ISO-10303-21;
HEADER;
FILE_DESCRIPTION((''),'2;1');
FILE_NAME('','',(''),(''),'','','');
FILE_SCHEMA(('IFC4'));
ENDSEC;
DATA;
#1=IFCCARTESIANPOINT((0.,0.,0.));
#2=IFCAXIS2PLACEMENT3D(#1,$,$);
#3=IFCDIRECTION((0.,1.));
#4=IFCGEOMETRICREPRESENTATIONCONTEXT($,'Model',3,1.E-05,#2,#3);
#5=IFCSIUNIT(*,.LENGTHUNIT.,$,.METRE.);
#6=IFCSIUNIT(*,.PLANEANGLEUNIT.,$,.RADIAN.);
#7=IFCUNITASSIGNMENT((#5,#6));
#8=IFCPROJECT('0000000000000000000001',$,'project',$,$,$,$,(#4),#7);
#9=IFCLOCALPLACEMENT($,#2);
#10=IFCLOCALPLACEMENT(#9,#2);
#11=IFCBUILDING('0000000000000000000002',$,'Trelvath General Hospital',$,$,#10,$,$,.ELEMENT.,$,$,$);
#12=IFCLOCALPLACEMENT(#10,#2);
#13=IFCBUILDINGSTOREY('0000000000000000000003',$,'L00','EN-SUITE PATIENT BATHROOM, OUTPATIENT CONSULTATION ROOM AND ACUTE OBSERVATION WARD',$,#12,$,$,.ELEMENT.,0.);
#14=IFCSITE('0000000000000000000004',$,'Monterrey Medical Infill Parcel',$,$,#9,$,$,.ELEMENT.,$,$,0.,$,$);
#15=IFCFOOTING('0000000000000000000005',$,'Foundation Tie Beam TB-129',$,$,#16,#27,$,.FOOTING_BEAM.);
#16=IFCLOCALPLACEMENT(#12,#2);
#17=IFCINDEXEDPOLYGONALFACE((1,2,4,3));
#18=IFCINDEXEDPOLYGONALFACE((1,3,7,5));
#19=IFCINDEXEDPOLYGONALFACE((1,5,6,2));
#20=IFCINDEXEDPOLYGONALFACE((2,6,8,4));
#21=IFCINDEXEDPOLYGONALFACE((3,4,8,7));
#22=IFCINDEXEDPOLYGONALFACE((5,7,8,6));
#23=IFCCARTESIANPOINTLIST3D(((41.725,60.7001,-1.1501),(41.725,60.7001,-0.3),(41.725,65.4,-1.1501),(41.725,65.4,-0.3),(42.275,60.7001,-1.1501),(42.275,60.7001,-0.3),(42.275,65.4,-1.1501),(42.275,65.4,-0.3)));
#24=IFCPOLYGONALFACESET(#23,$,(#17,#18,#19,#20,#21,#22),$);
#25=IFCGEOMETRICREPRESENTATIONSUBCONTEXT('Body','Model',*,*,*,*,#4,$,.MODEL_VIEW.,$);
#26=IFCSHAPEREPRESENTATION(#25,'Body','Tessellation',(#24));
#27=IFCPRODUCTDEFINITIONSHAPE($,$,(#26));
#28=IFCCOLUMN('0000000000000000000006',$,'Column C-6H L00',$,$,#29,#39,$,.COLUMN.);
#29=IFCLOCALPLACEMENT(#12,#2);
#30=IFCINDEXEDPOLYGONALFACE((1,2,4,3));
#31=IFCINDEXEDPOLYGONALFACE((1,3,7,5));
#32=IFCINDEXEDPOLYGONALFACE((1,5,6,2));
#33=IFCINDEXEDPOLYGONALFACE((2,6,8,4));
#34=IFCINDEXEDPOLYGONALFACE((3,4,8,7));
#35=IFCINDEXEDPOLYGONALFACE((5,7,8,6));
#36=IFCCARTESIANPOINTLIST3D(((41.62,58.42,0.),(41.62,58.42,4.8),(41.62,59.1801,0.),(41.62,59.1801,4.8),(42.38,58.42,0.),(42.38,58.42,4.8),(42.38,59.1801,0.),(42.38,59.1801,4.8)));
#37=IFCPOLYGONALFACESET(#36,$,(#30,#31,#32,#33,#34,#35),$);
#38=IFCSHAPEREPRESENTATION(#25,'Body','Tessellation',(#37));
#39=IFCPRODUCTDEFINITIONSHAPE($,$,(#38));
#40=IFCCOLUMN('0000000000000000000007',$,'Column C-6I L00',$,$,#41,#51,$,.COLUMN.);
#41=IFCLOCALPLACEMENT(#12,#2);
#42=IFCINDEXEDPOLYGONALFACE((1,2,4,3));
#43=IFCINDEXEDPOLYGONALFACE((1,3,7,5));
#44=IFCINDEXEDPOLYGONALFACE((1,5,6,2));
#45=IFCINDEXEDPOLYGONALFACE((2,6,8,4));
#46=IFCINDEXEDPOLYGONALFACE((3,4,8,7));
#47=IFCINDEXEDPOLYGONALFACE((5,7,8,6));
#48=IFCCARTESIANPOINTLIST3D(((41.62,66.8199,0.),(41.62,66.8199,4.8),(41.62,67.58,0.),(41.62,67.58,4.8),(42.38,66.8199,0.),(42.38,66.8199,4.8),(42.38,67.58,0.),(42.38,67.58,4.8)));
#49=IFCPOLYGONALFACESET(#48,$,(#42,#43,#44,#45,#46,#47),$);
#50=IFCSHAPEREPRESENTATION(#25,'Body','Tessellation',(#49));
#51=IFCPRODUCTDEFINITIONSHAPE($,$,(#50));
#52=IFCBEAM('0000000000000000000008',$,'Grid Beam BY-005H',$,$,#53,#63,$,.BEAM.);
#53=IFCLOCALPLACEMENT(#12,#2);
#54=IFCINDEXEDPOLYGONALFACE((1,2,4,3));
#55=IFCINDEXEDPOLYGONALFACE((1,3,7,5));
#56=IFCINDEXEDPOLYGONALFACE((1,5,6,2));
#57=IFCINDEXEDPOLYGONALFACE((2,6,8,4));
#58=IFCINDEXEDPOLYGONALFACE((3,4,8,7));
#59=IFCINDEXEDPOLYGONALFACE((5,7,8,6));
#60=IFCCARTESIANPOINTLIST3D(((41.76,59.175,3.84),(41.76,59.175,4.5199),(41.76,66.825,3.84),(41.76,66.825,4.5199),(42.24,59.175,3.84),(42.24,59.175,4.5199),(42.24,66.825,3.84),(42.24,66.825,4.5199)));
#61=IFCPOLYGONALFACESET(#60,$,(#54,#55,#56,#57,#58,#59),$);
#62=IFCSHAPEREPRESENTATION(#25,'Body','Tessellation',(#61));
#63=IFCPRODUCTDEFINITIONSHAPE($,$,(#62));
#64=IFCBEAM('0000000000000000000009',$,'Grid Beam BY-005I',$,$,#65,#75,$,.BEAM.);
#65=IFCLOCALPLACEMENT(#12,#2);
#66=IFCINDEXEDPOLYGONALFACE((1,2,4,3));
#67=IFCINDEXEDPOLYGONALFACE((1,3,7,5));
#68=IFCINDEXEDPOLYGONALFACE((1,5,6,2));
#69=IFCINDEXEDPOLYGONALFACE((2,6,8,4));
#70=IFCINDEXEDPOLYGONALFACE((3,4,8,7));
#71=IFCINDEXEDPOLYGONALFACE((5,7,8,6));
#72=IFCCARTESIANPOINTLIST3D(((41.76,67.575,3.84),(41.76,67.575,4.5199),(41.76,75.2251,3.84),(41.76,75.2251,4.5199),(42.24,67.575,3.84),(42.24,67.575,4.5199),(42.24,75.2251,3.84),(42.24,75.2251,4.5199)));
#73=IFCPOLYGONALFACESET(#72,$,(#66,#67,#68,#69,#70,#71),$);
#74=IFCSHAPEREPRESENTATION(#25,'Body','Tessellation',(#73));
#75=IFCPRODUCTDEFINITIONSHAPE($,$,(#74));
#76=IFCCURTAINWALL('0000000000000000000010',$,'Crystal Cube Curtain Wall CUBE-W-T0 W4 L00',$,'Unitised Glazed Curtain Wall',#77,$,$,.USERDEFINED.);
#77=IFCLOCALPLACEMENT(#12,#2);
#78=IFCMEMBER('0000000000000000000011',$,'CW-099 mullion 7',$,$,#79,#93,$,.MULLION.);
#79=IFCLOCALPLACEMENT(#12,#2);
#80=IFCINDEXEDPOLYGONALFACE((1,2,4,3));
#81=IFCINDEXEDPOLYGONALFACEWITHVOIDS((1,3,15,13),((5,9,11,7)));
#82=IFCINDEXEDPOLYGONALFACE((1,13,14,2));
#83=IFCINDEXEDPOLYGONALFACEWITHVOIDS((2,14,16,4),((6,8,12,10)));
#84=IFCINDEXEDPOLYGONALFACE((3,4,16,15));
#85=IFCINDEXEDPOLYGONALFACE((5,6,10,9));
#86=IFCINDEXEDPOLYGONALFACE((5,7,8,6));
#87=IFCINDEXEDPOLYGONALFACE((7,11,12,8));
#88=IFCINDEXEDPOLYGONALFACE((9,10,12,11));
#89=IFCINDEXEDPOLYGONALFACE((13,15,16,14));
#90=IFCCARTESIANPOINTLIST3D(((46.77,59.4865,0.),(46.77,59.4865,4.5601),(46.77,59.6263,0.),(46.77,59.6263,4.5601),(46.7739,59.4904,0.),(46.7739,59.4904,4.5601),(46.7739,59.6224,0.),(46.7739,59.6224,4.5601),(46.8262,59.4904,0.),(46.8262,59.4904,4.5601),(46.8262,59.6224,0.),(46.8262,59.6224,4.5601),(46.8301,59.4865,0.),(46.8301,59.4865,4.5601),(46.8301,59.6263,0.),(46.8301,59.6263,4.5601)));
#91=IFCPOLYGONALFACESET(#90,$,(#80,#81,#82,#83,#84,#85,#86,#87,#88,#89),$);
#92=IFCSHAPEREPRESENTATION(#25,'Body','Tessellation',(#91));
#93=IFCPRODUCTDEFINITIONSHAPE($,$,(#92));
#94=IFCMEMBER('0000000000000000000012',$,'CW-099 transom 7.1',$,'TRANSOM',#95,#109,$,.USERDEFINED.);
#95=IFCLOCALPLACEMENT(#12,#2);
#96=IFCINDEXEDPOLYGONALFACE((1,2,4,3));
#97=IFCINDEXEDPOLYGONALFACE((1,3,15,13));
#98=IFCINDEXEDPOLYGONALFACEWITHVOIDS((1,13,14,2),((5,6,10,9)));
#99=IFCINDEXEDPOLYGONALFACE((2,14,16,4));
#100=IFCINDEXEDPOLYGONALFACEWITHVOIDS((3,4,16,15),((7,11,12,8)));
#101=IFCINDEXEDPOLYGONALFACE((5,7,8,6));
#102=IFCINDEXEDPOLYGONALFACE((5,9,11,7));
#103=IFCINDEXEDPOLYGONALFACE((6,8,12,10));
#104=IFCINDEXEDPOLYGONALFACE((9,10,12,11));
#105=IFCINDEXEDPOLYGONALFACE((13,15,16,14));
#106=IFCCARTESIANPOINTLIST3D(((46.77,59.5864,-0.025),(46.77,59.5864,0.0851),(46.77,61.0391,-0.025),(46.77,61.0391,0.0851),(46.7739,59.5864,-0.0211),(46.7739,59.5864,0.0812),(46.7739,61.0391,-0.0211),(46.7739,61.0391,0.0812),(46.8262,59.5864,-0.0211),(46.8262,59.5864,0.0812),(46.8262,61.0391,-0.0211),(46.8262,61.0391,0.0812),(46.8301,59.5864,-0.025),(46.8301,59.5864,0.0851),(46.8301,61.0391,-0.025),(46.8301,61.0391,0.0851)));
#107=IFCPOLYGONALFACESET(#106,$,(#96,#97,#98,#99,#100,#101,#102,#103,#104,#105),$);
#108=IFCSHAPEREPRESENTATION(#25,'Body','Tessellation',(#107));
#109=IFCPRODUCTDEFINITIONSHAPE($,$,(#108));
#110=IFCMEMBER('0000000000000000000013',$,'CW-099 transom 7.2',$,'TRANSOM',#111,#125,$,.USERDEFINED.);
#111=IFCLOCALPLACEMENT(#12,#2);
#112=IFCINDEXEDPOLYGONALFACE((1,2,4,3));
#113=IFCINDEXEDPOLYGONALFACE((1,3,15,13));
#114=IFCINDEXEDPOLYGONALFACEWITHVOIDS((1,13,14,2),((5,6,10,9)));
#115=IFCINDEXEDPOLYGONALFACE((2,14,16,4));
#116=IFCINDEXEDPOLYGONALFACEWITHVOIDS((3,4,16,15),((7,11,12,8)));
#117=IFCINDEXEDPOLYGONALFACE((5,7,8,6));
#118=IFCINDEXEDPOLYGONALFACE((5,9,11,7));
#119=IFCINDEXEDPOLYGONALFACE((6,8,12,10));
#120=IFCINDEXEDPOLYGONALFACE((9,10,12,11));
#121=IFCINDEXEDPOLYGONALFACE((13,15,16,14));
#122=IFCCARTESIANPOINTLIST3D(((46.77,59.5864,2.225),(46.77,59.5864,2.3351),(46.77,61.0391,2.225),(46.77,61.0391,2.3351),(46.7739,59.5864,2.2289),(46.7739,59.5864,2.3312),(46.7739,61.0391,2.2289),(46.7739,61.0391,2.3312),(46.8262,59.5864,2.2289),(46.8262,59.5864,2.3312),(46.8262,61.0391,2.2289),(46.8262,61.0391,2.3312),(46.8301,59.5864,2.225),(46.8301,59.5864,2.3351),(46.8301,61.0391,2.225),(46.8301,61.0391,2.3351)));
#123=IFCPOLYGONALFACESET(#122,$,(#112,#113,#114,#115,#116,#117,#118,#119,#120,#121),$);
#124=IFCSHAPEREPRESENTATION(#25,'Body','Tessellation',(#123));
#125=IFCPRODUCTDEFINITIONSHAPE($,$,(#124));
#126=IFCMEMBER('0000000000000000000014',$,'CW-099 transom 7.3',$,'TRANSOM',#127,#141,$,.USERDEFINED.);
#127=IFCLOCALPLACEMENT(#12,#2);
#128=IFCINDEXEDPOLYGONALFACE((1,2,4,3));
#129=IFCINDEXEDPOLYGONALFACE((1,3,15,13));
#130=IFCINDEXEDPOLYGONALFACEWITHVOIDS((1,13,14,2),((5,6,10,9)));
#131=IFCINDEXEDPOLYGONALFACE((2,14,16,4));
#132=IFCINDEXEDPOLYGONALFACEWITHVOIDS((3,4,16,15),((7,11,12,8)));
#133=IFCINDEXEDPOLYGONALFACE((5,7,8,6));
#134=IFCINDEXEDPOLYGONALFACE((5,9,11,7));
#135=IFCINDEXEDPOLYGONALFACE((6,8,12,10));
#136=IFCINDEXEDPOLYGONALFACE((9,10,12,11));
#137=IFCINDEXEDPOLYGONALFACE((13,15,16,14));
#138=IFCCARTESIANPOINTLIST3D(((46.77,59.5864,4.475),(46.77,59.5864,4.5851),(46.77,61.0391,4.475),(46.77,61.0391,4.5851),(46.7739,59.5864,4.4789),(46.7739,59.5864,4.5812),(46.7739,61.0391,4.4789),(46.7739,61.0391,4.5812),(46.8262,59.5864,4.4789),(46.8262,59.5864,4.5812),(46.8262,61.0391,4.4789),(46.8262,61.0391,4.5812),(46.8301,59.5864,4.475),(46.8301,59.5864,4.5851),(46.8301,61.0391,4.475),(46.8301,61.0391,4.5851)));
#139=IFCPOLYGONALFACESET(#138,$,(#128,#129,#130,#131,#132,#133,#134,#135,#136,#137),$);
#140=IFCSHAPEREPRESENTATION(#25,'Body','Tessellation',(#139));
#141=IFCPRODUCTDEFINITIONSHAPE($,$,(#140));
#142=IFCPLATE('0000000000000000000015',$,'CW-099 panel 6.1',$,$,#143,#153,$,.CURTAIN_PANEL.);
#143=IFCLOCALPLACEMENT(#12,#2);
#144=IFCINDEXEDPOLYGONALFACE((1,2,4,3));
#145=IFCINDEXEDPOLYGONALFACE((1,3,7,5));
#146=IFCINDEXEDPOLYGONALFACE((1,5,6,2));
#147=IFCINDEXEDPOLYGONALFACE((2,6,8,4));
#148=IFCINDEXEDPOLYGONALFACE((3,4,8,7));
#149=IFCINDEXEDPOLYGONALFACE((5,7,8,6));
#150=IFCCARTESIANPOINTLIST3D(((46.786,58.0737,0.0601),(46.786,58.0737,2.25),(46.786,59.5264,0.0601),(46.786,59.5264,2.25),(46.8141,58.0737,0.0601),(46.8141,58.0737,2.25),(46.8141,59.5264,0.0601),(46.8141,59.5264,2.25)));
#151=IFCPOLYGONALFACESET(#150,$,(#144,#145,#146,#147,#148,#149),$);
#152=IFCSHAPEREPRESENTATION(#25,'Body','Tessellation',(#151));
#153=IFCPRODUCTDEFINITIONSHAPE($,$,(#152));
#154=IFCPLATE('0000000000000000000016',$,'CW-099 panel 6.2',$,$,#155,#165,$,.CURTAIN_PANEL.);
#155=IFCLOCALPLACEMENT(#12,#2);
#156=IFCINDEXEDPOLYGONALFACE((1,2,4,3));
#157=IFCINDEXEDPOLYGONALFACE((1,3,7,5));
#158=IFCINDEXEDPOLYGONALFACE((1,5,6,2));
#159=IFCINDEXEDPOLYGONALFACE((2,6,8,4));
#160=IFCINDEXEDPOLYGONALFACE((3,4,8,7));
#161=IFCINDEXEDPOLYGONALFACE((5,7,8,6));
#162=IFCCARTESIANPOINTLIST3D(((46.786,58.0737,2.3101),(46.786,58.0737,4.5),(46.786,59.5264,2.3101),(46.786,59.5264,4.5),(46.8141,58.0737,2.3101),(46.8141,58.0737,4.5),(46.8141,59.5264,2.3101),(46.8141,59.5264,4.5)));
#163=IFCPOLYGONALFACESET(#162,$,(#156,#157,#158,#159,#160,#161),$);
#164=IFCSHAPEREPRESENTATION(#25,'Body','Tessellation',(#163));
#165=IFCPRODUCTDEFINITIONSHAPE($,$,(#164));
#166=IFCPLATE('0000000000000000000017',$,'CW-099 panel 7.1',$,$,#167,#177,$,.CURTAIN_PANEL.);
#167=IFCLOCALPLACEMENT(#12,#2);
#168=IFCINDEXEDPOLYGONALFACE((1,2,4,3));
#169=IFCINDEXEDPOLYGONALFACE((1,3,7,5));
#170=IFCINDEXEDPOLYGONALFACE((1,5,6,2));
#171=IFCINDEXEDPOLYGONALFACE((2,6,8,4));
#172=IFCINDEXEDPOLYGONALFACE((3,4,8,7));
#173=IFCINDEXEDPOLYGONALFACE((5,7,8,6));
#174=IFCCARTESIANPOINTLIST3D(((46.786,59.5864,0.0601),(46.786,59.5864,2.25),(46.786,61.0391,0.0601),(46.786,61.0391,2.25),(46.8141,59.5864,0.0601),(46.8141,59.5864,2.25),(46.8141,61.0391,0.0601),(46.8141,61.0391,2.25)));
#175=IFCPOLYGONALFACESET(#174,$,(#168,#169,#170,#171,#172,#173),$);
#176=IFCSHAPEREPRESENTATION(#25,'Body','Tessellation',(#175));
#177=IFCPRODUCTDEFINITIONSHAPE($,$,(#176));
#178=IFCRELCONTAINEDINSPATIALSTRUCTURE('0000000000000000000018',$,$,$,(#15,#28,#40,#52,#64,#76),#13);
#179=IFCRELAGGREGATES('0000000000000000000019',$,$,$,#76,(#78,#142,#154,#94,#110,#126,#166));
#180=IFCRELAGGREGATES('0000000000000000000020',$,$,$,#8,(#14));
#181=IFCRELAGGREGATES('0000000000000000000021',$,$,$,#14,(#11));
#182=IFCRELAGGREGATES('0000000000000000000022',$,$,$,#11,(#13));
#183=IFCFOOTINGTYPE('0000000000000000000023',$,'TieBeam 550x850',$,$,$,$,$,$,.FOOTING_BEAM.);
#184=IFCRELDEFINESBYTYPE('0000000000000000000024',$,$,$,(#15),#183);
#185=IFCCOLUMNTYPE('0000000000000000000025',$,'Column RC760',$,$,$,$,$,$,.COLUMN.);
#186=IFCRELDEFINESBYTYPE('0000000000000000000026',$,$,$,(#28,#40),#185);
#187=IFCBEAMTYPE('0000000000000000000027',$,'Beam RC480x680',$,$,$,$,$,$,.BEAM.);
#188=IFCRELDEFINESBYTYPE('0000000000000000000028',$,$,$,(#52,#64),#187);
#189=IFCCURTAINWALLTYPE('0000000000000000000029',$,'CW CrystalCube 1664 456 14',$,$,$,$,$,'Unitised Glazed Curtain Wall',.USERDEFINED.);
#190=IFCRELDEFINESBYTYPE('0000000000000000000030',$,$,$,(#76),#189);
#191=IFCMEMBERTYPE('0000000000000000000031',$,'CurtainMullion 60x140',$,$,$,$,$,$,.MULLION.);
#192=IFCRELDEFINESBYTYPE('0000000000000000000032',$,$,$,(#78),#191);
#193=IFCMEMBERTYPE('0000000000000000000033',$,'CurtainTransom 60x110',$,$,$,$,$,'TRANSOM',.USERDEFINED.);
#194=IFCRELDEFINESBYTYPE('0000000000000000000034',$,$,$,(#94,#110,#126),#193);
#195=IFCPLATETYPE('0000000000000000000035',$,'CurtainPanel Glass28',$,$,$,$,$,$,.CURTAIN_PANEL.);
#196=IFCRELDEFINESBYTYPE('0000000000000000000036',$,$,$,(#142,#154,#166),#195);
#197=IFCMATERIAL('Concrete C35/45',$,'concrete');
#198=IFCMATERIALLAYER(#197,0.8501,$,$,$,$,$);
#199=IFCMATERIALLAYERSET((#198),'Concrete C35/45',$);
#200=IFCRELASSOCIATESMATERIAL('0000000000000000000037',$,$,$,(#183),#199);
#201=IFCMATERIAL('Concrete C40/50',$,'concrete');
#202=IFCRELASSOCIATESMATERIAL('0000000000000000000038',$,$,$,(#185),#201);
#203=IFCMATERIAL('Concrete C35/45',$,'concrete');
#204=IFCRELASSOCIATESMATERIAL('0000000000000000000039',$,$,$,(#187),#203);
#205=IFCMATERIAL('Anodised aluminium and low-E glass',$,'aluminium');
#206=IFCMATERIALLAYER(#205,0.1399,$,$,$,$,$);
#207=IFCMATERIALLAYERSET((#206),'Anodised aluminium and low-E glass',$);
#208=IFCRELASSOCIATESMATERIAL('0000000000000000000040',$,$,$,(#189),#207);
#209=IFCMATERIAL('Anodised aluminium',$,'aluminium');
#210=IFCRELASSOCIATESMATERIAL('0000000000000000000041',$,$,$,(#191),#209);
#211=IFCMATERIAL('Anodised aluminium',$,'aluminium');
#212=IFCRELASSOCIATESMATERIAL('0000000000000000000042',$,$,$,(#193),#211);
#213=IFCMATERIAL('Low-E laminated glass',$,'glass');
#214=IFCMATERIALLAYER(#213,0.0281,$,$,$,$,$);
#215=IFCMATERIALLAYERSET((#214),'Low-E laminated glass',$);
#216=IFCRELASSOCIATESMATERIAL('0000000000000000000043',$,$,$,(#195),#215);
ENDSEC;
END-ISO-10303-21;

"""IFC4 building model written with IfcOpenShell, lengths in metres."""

from ifc_helpers import new_model, si_unit, direction, frame, origin, origin_2d, place, context, subcontext, project, spatial, rectangle, hollow_rectangle, extrude, material, layer, layer_set, material_profile, profile_set, type_object, element, aggregate, save


model = new_model("IFC4")

# Units and contexts
model_context = context("Model", 3, precision=1e-05, world=origin(), true_north=direction((0.0, 1.0)))
body_context = subcontext(model_context, "Body", "Model", "MODEL_VIEW")
ifc_project = project(units=[si_unit("LENGTHUNIT", "METRE"), si_unit("PLANEANGLEUNIT", "RADIAN")], contexts=[model_context])

# Site, building, storey
site_placement = place(None, origin())
site = spatial("IfcSite", under=ifc_project, at=site_placement, Name="Monterrey Medical Infill Parcel", CompositionType="ELEMENT", RefElevation=0.0)
building_placement = place(site_placement, origin())
building = spatial("IfcBuilding", under=site, at=building_placement, Name="Trelvath General Hospital", CompositionType="ELEMENT")
storey_placement = place(building_placement, origin())
storey = spatial("IfcBuildingStorey", under=building, at=storey_placement, Name="L00", Description="EN-SUITE PATIENT BATHROOM, OUTPATIENT CONSULTATION ROOM AND ACUTE OBSERVATION WARD", CompositionType="ELEMENT", Elevation=0.0)

# Footing
ifc_material_1 = material(Name="Concrete C35/45", Category="concrete")
ifc_layer_1 = layer(ifc_material_1, 0.8501)
ifc_layer_set_1 = layer_set([ifc_layer_1], Name="Concrete C35/45")
footing_type_1 = type_object("IfcFootingType", Name="TieBeam 550x850", PredefinedType="FOOTING_BEAM", material=ifc_layer_set_1)
footing_1_placement = place(storey_placement, frame((42.0, 63.05, -1.1501), z_axis=(0.0, 0.0, 1.0), x_axis=(1.0, 0.0, 0.0)))
element("IfcFooting", 1, at=footing_1_placement, inside=storey, type_object=footing_type_1, Name="Foundation Tie Beam TB-129", PredefinedType="FOOTING_BEAM", context=body_context, shape_type="SweptSolid", body=[
    extrude(rectangle(XDim=0.55, YDim=4.7, at=origin_2d()), origin(), (0.0, 0.0, 1.0), 0.8501),
])

# Columns
ifc_material_2 = material(Name="Concrete C40/50", Category="concrete")
ifc_material_profile_1 = material_profile(ifc_material_2, rectangle(XDim=0.76, YDim=0.76, at=origin_2d()), Name="RC760x760")
ifc_profile_set_1 = profile_set([ifc_material_profile_1], Name="Concrete C40/50")
column_type = type_object("IfcColumnType", Name="Column RC760", PredefinedType="COLUMN", material=ifc_profile_set_1)
for number, where, z_axis, x_axis, name in (
    (2, (42.0, 58.8, 0.0), (0.0, 0.0, 1.0), (1.0, 0.0, 0.0), "Column C-6H L00"),
    (3, (42.0, 67.2, 0.0), (0.0, 0.0, 1.0), (1.0, 0.0, 0.0), "Column C-6I L00"),
):
    element("IfcColumn", number, at=place(storey_placement, frame(where, z_axis=z_axis, x_axis=x_axis)), inside=storey, type_object=column_type, Name=name, PredefinedType="COLUMN", context=body_context, shape_type="SweptSolid", body=[
        extrude(rectangle(XDim=0.76, YDim=0.76, at=origin_2d()), origin(), (0.0, 0.0, 1.0), 4.8),
    ])

# Beams
ifc_material_3 = material(Name="Concrete C35/45", Category="concrete")
ifc_material_profile_2 = material_profile(ifc_material_3, rectangle(XDim=0.48, YDim=0.6799, at=origin_2d()), Name="RCB480x680")
ifc_profile_set_2 = profile_set([ifc_material_profile_2], Name="Concrete C35/45")
beam_type = type_object("IfcBeamType", Name="Beam RC480x680", PredefinedType="BEAM", material=ifc_profile_set_2)
beam_1_placement = place(storey_placement, frame((42.0, 59.175, 4.1799), z_axis=(0.0, 1.0, 0.0), x_axis=(-1.0, 0.0, 0.0)))
element("IfcBeam", 4, at=beam_1_placement, inside=storey, type_object=beam_type, Name="Grid Beam BY-005H", PredefinedType="BEAM", context=body_context, shape_type="SweptSolid", body=[
    extrude(rectangle(XDim=0.48, YDim=0.6799, at=origin_2d()), origin(), (0.0, 0.0, 1.0), 7.6499),
])
beam_2_placement = place(storey_placement, frame((42.0, 67.575, 4.1799), z_axis=(0.0, 1.0, 0.0), x_axis=(-1.0, 0.0, 0.0)))
element("IfcBeam", 5, at=beam_2_placement, inside=storey, type_object=beam_type, Name="Grid Beam BY-005I", PredefinedType="BEAM", context=body_context, shape_type="SweptSolid", body=[
    extrude(rectangle(XDim=0.48, YDim=0.6799, at=origin_2d()), origin(), (0.0, 0.0, 1.0), 7.6501),
])

# Curtain wall, members, plates
ifc_material_4 = material(Name="Anodised aluminium and low-E glass", Category="aluminium")
ifc_layer_2 = layer(ifc_material_4, 0.1399)
ifc_layer_set_2 = layer_set([ifc_layer_2], Name="Anodised aluminium and low-E glass")
curtain_wall_type = type_object("IfcCurtainWallType", Name="CW CrystalCube 1664 456 14", ElementType="Unitised Glazed Curtain Wall", PredefinedType="USERDEFINED", material=ifc_layer_set_2)
curtain_wall_placement = place(storey_placement, origin())
curtain_wall = element("IfcCurtainWall", 6, at=curtain_wall_placement, inside=storey, type_object=curtain_wall_type, Name="Crystal Cube Curtain Wall CUBE-W-T0 W4 L00", ObjectType="Unitised Glazed Curtain Wall", PredefinedType="USERDEFINED")
ifc_material_5 = material(Name="Anodised aluminium", Category="aluminium")
ifc_material_profile_3 = material_profile(ifc_material_5, hollow_rectangle(XDim=0.0601, YDim=0.1399, WallThickness=0.0039, at=origin_2d()), Name="RHS60x140x4")
ifc_profile_set_3 = profile_set([ifc_material_profile_3], Name="Anodised aluminium")
member_type_1 = type_object("IfcMemberType", Name="CurtainMullion 60x140", PredefinedType="MULLION", material=ifc_profile_set_3)
member_1_placement = place(storey_placement, frame((46.8, 59.5564, 0.0), z_axis=(0.0, 0.0, 1.0), x_axis=(-1.0, 0.0, 0.0)))
member_1 = element("IfcMember", 7, at=member_1_placement, type_object=member_type_1, Name="CW-099 mullion 7", PredefinedType="MULLION", context=body_context, shape_type="SweptSolid", body=[
    extrude(hollow_rectangle(XDim=0.0601, YDim=0.1399, WallThickness=0.0039, at=origin_2d()), origin(), (0.0, 0.0, 1.0), 4.5601),
])
ifc_material_6 = material(Name="Anodised aluminium", Category="aluminium")
ifc_material_profile_4 = material_profile(ifc_material_6, hollow_rectangle(XDim=0.0601, YDim=0.1101, WallThickness=0.0039, at=origin_2d()), Name="RHS60x110x4")
ifc_profile_set_4 = profile_set([ifc_material_profile_4], Name="Anodised aluminium")
member_type_2 = type_object("IfcMemberType", Name="CurtainTransom 60x110", ElementType="TRANSOM", PredefinedType="USERDEFINED", material=ifc_profile_set_4)
member_2_placement = place(storey_placement, frame((46.8, 59.5864, 0.03), z_axis=(0.0, 1.0, 0.0), x_axis=(-1.0, 0.0, 0.0)))
member_2 = element("IfcMember", 8, at=member_2_placement, type_object=member_type_2, Name="CW-099 transom 7.1", ObjectType="TRANSOM", PredefinedType="USERDEFINED", context=body_context, shape_type="SweptSolid", body=[
    extrude(hollow_rectangle(XDim=0.0601, YDim=0.1101, WallThickness=0.0039, at=origin_2d()), origin(), (0.0, 0.0, 1.0), 1.4526),
])
member_3_placement = place(storey_placement, frame((46.8, 59.5864, 2.28), z_axis=(0.0, 1.0, 0.0), x_axis=(-1.0, 0.0, 0.0)))
member_3 = element("IfcMember", 9, at=member_3_placement, type_object=member_type_2, Name="CW-099 transom 7.2", ObjectType="TRANSOM", PredefinedType="USERDEFINED", context=body_context, shape_type="SweptSolid", body=[
    extrude(hollow_rectangle(XDim=0.0601, YDim=0.1101, WallThickness=0.0039, at=origin_2d()), origin(), (0.0, 0.0, 1.0), 1.4526),
])
member_4_placement = place(storey_placement, frame((46.8, 59.5864, 4.53), z_axis=(0.0, 1.0, 0.0), x_axis=(-1.0, 0.0, 0.0)))
member_4 = element("IfcMember", 10, at=member_4_placement, type_object=member_type_2, Name="CW-099 transom 7.3", ObjectType="TRANSOM", PredefinedType="USERDEFINED", context=body_context, shape_type="SweptSolid", body=[
    extrude(hollow_rectangle(XDim=0.0601, YDim=0.1101, WallThickness=0.0039, at=origin_2d()), origin(), (0.0, 0.0, 1.0), 1.4526),
])
ifc_material_7 = material(Name="Low-E laminated glass", Category="glass")
ifc_layer_3 = layer(ifc_material_7, 0.0281)
ifc_layer_set_3 = layer_set([ifc_layer_3], Name="Low-E laminated glass")
plate_type = type_object("IfcPlateType", Name="CurtainPanel Glass28", PredefinedType="CURTAIN_PANEL", material=ifc_layer_set_3)
plate_1_placement = place(storey_placement, frame((46.8, 58.8, 0.0601), z_axis=(0.0, 0.0, 1.0), x_axis=(0.0, 1.0, 0.0)))
plate_1 = element("IfcPlate", 11, at=plate_1_placement, type_object=plate_type, Name="CW-099 panel 6.1", PredefinedType="CURTAIN_PANEL", context=body_context, shape_type="SweptSolid", body=[
    extrude(rectangle(XDim=1.4526, YDim=0.0281, at=origin_2d()), origin(), (0.0, 0.0, 1.0), 2.1899),
])
plate_2_placement = place(storey_placement, frame((46.8, 58.8, 2.3101), z_axis=(0.0, 0.0, 1.0), x_axis=(0.0, 1.0, 0.0)))
plate_2 = element("IfcPlate", 12, at=plate_2_placement, type_object=plate_type, Name="CW-099 panel 6.2", PredefinedType="CURTAIN_PANEL", context=body_context, shape_type="SweptSolid", body=[
    extrude(rectangle(XDim=1.4526, YDim=0.0281, at=origin_2d()), origin(), (0.0, 0.0, 1.0), 2.1899),
])
plate_3_placement = place(storey_placement, frame((46.8, 60.3127, 0.0601), z_axis=(0.0, 0.0, 1.0), x_axis=(0.0, 1.0, 0.0)))
plate_3 = element("IfcPlate", 13, at=plate_3_placement, type_object=plate_type, Name="CW-099 panel 7.1", PredefinedType="CURTAIN_PANEL", context=body_context, shape_type="SweptSolid", body=[
    extrude(rectangle(XDim=1.4526, YDim=0.0281, at=origin_2d()), origin(), (0.0, 0.0, 1.0), 2.1899),
])
aggregate(curtain_wall, [member_1, plate_1, plate_2, member_2, member_3, member_4, plate_3])

save(model, "model.ifc")
